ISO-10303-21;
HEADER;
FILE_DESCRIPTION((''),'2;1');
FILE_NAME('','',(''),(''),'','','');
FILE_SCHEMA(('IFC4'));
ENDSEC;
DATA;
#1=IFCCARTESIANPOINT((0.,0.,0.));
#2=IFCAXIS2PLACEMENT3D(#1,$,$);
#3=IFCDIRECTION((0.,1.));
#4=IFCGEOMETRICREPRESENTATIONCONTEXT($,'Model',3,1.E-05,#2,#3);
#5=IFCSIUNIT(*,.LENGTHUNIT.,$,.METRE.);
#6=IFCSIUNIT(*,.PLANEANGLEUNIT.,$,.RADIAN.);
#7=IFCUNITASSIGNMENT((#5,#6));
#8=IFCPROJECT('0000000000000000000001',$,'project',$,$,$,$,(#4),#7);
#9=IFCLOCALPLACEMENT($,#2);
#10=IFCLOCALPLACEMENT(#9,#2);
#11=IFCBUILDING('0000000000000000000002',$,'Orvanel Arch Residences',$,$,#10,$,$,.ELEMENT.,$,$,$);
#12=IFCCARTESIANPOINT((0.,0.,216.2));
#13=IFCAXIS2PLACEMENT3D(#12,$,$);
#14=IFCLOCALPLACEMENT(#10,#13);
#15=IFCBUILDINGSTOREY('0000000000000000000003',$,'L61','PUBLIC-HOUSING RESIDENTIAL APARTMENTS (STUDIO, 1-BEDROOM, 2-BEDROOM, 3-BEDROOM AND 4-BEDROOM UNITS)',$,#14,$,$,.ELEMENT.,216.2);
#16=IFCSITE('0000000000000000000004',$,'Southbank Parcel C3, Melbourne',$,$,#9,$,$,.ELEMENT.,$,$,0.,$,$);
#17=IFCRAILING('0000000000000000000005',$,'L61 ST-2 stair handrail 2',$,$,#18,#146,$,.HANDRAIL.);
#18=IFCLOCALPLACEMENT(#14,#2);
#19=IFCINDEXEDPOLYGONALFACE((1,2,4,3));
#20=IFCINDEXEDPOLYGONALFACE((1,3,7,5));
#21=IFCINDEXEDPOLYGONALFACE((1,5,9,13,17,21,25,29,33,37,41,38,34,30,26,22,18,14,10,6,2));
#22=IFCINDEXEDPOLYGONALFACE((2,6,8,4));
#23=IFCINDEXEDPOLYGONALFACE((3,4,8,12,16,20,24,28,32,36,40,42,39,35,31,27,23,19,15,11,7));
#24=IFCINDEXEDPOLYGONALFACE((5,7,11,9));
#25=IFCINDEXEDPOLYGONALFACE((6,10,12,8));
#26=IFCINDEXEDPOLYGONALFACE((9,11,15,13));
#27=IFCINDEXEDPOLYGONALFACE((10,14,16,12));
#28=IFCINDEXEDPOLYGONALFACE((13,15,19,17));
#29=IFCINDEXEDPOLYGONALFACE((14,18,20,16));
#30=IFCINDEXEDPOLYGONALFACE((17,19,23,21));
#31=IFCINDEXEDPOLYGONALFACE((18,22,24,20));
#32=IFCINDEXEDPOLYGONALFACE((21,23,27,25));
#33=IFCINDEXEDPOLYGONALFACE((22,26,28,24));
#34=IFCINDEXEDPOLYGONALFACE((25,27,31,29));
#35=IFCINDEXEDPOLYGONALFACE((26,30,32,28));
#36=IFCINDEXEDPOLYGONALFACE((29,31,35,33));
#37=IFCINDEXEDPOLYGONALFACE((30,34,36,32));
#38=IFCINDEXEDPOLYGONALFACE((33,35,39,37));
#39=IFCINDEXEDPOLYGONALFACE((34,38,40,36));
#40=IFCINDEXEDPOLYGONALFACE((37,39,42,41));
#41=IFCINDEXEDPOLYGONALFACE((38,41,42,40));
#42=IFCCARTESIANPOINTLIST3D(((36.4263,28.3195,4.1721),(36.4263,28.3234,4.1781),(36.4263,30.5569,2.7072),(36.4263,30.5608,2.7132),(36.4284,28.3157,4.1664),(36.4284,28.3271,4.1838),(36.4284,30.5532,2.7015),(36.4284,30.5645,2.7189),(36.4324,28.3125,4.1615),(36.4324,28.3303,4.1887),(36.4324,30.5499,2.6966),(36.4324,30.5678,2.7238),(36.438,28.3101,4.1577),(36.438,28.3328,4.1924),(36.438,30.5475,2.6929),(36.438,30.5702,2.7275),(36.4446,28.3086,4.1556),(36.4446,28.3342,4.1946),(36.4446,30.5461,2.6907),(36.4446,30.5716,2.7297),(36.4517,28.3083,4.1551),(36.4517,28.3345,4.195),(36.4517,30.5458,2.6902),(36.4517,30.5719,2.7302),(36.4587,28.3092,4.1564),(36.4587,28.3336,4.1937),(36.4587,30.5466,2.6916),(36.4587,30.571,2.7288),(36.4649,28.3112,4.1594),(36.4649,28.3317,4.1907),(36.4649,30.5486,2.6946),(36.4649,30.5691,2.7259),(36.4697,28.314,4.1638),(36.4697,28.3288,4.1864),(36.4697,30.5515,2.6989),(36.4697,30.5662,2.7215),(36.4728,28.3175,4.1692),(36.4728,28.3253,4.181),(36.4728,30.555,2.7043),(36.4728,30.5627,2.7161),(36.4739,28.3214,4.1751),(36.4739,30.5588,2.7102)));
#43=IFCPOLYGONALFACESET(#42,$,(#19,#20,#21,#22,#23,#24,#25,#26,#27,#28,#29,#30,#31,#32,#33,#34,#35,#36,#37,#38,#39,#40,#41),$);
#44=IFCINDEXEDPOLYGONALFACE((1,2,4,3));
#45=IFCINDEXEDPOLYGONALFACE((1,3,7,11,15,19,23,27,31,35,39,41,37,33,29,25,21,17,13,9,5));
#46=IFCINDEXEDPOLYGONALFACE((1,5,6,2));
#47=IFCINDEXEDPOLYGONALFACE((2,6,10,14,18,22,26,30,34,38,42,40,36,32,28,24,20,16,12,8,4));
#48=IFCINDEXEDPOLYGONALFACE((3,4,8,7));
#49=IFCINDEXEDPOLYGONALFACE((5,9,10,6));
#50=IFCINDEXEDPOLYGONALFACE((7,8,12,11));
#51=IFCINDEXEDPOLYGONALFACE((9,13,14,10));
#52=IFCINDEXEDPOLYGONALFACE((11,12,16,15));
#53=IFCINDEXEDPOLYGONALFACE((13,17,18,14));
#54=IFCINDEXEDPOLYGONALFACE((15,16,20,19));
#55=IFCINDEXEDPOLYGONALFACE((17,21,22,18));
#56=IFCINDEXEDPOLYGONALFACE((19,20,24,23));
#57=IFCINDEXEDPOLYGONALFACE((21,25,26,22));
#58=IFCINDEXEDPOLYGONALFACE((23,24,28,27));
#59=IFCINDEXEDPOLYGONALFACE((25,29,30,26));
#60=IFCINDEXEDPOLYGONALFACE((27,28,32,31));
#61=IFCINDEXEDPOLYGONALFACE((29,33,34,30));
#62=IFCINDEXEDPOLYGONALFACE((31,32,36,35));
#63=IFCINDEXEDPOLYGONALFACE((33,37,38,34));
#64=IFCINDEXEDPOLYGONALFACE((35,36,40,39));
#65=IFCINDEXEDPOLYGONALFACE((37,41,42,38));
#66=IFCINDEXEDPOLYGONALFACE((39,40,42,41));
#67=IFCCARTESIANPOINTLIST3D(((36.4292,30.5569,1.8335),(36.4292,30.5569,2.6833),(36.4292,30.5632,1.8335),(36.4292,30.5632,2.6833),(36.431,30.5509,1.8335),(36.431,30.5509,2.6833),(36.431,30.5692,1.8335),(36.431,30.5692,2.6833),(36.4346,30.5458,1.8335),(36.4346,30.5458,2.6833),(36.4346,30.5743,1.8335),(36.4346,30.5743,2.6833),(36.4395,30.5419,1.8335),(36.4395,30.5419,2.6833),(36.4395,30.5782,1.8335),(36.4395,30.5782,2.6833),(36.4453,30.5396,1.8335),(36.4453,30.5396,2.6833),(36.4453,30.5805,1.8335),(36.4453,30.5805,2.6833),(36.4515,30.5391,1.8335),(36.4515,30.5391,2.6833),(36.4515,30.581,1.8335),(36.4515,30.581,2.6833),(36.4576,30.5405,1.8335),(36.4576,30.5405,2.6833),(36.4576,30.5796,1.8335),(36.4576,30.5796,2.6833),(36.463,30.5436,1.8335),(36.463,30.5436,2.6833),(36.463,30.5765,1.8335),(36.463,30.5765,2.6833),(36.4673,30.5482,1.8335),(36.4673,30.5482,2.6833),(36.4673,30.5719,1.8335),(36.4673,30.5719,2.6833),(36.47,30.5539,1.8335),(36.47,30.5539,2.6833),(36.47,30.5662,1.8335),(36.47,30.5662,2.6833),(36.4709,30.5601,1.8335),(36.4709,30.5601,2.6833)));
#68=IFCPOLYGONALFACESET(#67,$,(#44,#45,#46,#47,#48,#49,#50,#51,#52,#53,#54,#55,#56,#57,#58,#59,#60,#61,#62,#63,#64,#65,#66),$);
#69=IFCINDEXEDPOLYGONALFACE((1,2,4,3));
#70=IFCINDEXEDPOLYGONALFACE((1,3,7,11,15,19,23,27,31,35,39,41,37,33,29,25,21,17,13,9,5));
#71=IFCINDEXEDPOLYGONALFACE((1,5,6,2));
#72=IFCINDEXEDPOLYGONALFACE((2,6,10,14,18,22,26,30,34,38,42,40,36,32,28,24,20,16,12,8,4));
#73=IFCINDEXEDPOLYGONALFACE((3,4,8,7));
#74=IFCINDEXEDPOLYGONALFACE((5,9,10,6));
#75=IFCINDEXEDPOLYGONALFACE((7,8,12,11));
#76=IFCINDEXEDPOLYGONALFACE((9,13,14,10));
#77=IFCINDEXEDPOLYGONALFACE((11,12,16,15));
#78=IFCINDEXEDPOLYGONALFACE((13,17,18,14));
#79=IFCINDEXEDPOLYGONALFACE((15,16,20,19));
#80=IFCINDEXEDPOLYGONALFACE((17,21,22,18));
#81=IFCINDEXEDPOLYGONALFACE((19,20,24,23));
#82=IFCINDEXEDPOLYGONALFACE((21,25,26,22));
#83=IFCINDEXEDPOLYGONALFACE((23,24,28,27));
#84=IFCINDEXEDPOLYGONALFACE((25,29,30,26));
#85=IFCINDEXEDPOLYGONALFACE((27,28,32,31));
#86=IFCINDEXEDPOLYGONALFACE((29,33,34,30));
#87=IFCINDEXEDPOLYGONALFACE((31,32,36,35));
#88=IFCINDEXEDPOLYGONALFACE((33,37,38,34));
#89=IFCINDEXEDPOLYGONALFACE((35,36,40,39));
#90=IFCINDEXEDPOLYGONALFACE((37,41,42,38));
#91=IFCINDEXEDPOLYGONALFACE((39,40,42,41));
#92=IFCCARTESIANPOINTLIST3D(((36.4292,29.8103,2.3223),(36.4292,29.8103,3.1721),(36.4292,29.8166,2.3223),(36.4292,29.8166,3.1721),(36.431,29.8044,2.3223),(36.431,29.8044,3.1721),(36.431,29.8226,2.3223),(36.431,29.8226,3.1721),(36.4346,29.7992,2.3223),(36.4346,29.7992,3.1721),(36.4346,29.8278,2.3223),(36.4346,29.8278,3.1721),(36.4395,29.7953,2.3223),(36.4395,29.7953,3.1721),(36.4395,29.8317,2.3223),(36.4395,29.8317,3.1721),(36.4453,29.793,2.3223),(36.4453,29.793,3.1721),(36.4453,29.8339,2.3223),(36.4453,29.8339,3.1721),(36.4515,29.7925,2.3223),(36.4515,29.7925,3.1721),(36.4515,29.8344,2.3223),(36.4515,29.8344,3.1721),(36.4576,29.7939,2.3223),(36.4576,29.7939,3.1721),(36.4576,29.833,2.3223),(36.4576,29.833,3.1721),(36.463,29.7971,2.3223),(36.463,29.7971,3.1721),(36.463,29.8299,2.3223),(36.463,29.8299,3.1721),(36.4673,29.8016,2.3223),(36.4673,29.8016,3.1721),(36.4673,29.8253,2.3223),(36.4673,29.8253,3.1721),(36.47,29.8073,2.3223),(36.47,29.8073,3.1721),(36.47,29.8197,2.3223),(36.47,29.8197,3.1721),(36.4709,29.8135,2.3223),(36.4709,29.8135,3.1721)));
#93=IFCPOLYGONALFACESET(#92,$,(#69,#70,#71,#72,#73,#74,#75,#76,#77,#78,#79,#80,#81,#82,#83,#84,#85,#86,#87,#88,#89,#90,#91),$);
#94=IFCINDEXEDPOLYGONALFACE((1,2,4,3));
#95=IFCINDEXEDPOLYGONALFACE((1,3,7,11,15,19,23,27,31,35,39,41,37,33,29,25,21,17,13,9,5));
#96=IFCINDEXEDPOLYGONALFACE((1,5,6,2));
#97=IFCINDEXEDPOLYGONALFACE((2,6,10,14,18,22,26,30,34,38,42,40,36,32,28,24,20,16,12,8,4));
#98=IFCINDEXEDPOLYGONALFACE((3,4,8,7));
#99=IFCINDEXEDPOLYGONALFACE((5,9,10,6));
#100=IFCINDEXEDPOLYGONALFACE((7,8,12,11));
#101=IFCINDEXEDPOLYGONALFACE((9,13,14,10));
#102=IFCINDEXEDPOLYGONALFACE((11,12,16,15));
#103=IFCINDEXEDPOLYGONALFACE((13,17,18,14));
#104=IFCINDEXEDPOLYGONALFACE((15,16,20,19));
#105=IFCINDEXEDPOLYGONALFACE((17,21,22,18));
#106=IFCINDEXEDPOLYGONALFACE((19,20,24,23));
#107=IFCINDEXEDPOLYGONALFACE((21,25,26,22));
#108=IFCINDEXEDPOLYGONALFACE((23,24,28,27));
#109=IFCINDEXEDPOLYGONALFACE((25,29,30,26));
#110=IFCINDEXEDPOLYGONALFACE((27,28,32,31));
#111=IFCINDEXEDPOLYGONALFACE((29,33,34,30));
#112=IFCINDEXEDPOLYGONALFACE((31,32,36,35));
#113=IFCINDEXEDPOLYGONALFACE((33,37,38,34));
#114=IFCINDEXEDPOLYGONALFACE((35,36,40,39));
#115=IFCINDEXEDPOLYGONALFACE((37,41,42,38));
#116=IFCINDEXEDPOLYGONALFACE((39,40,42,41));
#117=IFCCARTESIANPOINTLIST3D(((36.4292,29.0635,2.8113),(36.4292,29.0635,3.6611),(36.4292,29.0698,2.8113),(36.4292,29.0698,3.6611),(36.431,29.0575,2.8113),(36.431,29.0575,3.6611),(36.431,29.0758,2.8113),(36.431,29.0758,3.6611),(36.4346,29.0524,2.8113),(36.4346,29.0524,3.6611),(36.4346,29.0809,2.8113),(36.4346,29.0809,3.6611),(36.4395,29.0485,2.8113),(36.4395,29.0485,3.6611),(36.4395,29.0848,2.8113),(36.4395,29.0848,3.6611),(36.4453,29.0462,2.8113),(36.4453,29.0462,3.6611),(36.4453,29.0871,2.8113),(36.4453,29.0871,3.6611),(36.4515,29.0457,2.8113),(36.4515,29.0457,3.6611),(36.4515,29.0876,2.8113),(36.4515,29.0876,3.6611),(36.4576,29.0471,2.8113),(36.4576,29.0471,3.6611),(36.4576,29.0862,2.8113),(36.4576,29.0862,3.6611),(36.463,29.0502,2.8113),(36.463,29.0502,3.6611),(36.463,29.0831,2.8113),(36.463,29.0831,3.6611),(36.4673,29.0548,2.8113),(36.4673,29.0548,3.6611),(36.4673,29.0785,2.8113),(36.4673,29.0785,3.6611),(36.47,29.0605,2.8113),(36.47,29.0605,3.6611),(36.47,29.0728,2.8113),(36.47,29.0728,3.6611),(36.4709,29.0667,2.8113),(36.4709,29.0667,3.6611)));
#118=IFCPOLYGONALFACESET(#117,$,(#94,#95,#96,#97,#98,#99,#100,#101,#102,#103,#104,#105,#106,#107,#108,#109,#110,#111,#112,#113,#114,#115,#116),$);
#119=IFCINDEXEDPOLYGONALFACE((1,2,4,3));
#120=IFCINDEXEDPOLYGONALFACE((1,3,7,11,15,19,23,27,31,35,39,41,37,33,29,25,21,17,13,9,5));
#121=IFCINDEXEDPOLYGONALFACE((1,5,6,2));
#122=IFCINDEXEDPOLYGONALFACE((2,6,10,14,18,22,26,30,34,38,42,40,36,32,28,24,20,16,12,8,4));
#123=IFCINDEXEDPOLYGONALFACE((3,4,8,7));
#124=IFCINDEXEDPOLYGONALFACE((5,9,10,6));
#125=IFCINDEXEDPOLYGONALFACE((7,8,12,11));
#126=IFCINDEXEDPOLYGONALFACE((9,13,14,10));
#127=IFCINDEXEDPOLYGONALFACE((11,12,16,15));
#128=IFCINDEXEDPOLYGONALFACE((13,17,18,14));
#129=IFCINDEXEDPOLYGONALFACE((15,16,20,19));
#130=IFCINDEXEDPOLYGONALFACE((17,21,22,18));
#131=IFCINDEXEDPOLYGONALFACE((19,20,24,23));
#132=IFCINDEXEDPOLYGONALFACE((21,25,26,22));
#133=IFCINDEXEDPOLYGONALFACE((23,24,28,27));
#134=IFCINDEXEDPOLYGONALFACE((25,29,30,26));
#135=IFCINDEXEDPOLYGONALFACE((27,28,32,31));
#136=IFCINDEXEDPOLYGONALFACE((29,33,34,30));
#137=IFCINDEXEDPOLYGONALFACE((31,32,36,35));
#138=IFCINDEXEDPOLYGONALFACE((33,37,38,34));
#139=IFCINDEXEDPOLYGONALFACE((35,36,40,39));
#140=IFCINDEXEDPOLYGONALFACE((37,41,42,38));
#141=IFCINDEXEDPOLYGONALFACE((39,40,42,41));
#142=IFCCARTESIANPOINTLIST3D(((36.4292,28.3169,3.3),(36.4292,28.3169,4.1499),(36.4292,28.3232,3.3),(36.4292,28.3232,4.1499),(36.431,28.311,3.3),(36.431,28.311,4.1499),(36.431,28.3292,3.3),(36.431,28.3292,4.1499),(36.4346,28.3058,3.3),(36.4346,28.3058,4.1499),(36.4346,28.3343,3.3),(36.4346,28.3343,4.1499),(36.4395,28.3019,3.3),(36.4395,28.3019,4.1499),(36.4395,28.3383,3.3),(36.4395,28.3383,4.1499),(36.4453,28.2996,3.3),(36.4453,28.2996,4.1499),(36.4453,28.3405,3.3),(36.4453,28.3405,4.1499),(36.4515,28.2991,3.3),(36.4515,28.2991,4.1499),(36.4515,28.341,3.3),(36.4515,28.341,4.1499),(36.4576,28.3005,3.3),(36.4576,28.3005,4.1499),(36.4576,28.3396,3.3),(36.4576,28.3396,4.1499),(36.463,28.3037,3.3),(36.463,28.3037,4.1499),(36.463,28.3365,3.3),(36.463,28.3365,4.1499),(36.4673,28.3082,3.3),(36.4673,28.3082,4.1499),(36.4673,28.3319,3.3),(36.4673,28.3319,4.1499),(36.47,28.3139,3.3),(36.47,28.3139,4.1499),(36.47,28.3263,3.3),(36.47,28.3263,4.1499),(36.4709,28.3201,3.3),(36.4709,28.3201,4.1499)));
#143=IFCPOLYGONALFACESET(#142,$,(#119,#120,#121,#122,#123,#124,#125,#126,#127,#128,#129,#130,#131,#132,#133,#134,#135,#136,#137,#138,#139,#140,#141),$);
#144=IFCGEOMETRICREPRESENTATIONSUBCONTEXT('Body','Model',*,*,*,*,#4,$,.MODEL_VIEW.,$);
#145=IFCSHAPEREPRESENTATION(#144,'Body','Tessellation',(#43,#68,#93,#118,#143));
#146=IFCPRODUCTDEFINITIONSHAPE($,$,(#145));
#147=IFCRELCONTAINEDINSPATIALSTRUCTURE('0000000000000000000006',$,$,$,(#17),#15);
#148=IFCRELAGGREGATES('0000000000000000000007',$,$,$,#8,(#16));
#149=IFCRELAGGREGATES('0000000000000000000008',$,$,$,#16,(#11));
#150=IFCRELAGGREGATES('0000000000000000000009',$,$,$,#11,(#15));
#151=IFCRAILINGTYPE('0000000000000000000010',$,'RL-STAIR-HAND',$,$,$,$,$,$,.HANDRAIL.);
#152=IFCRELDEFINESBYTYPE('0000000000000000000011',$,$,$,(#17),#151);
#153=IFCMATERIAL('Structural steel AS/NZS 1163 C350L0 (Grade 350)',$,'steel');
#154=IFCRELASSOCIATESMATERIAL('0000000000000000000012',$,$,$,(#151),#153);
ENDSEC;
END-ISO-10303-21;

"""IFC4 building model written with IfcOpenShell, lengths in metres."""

from ifc_helpers import new_model, si_unit, direction, frame, origin, origin_2d, place, context, subcontext, project, spatial, circle, extrude, material, type_object, element, save


model = new_model("IFC4")

# Units and contexts
model_context = context("Model", 3, precision=1e-05, world=origin(), true_north=direction((0.0, 1.0)))
body_context = subcontext(model_context, "Body", "Model", "MODEL_VIEW")
ifc_project = project(units=[si_unit("LENGTHUNIT", "METRE"), si_unit("PLANEANGLEUNIT", "RADIAN")], contexts=[model_context])

# Site, building, storey
site_placement = place(None, origin())
site = spatial("IfcSite", under=ifc_project, at=site_placement, Name="Southbank Parcel C3, Melbourne", CompositionType="ELEMENT", RefElevation=0.0)
building_placement = place(site_placement, origin())
building = spatial("IfcBuilding", under=site, at=building_placement, Name="Orvanel Arch Residences", CompositionType="ELEMENT")
storey_placement = place(building_placement, frame((0.0, 0.0, 216.2)))
storey = spatial("IfcBuildingStorey", under=building, at=storey_placement, Name="L61", Description="PUBLIC-HOUSING RESIDENTIAL APARTMENTS (STUDIO, 1-BEDROOM, 2-BEDROOM, 3-BEDROOM AND 4-BEDROOM UNITS)", CompositionType="ELEMENT", Elevation=216.2)

# Railing
ifc_material_1 = material(Name="Structural steel AS/NZS 1163 C350L0 (Grade 350)", Category="steel")
railing_type_1 = type_object("IfcRailingType", Name="RL-STAIR-HAND", PredefinedType="HANDRAIL", material=ifc_material_1)
railing_1_placement = place(storey_placement, frame((36.45, 30.5601, 1.8335)))
element("IfcRailing", 1, at=railing_1_placement, inside=storey, type_object=railing_type_1, Name="L61 ST-2 stair handrail 2", PredefinedType="HANDRAIL", context=body_context, shape_type="SweptSolid", body=[
    extrude(circle(Radius=0.0239, at=origin_2d()), frame((0.0, -0.0012, 0.8767), z_axis=(0.0, -0.836637, 0.547758), x_axis=(1.0, 0.0, 0.0)), (0.0, 0.0, 1.0), 2.6743),
    extrude(circle(Radius=0.021, at=origin_2d()), origin(), (0.0, 0.0, 1.0), 0.8499),
    extrude(circle(Radius=0.021, at=origin_2d()), frame((0.0, -0.7466, 0.4888)), (0.0, 0.0, 1.0), 0.8499),
    extrude(circle(Radius=0.021, at=origin_2d()), frame((0.0, -1.4934, 0.9778)), (0.0, 0.0, 1.0), 0.8499),
    extrude(circle(Radius=0.021, at=origin_2d()), frame((0.0, -2.24, 1.4666)), (0.0, 0.0, 1.0), 0.8499),
])

save(model, "model.ifc")
